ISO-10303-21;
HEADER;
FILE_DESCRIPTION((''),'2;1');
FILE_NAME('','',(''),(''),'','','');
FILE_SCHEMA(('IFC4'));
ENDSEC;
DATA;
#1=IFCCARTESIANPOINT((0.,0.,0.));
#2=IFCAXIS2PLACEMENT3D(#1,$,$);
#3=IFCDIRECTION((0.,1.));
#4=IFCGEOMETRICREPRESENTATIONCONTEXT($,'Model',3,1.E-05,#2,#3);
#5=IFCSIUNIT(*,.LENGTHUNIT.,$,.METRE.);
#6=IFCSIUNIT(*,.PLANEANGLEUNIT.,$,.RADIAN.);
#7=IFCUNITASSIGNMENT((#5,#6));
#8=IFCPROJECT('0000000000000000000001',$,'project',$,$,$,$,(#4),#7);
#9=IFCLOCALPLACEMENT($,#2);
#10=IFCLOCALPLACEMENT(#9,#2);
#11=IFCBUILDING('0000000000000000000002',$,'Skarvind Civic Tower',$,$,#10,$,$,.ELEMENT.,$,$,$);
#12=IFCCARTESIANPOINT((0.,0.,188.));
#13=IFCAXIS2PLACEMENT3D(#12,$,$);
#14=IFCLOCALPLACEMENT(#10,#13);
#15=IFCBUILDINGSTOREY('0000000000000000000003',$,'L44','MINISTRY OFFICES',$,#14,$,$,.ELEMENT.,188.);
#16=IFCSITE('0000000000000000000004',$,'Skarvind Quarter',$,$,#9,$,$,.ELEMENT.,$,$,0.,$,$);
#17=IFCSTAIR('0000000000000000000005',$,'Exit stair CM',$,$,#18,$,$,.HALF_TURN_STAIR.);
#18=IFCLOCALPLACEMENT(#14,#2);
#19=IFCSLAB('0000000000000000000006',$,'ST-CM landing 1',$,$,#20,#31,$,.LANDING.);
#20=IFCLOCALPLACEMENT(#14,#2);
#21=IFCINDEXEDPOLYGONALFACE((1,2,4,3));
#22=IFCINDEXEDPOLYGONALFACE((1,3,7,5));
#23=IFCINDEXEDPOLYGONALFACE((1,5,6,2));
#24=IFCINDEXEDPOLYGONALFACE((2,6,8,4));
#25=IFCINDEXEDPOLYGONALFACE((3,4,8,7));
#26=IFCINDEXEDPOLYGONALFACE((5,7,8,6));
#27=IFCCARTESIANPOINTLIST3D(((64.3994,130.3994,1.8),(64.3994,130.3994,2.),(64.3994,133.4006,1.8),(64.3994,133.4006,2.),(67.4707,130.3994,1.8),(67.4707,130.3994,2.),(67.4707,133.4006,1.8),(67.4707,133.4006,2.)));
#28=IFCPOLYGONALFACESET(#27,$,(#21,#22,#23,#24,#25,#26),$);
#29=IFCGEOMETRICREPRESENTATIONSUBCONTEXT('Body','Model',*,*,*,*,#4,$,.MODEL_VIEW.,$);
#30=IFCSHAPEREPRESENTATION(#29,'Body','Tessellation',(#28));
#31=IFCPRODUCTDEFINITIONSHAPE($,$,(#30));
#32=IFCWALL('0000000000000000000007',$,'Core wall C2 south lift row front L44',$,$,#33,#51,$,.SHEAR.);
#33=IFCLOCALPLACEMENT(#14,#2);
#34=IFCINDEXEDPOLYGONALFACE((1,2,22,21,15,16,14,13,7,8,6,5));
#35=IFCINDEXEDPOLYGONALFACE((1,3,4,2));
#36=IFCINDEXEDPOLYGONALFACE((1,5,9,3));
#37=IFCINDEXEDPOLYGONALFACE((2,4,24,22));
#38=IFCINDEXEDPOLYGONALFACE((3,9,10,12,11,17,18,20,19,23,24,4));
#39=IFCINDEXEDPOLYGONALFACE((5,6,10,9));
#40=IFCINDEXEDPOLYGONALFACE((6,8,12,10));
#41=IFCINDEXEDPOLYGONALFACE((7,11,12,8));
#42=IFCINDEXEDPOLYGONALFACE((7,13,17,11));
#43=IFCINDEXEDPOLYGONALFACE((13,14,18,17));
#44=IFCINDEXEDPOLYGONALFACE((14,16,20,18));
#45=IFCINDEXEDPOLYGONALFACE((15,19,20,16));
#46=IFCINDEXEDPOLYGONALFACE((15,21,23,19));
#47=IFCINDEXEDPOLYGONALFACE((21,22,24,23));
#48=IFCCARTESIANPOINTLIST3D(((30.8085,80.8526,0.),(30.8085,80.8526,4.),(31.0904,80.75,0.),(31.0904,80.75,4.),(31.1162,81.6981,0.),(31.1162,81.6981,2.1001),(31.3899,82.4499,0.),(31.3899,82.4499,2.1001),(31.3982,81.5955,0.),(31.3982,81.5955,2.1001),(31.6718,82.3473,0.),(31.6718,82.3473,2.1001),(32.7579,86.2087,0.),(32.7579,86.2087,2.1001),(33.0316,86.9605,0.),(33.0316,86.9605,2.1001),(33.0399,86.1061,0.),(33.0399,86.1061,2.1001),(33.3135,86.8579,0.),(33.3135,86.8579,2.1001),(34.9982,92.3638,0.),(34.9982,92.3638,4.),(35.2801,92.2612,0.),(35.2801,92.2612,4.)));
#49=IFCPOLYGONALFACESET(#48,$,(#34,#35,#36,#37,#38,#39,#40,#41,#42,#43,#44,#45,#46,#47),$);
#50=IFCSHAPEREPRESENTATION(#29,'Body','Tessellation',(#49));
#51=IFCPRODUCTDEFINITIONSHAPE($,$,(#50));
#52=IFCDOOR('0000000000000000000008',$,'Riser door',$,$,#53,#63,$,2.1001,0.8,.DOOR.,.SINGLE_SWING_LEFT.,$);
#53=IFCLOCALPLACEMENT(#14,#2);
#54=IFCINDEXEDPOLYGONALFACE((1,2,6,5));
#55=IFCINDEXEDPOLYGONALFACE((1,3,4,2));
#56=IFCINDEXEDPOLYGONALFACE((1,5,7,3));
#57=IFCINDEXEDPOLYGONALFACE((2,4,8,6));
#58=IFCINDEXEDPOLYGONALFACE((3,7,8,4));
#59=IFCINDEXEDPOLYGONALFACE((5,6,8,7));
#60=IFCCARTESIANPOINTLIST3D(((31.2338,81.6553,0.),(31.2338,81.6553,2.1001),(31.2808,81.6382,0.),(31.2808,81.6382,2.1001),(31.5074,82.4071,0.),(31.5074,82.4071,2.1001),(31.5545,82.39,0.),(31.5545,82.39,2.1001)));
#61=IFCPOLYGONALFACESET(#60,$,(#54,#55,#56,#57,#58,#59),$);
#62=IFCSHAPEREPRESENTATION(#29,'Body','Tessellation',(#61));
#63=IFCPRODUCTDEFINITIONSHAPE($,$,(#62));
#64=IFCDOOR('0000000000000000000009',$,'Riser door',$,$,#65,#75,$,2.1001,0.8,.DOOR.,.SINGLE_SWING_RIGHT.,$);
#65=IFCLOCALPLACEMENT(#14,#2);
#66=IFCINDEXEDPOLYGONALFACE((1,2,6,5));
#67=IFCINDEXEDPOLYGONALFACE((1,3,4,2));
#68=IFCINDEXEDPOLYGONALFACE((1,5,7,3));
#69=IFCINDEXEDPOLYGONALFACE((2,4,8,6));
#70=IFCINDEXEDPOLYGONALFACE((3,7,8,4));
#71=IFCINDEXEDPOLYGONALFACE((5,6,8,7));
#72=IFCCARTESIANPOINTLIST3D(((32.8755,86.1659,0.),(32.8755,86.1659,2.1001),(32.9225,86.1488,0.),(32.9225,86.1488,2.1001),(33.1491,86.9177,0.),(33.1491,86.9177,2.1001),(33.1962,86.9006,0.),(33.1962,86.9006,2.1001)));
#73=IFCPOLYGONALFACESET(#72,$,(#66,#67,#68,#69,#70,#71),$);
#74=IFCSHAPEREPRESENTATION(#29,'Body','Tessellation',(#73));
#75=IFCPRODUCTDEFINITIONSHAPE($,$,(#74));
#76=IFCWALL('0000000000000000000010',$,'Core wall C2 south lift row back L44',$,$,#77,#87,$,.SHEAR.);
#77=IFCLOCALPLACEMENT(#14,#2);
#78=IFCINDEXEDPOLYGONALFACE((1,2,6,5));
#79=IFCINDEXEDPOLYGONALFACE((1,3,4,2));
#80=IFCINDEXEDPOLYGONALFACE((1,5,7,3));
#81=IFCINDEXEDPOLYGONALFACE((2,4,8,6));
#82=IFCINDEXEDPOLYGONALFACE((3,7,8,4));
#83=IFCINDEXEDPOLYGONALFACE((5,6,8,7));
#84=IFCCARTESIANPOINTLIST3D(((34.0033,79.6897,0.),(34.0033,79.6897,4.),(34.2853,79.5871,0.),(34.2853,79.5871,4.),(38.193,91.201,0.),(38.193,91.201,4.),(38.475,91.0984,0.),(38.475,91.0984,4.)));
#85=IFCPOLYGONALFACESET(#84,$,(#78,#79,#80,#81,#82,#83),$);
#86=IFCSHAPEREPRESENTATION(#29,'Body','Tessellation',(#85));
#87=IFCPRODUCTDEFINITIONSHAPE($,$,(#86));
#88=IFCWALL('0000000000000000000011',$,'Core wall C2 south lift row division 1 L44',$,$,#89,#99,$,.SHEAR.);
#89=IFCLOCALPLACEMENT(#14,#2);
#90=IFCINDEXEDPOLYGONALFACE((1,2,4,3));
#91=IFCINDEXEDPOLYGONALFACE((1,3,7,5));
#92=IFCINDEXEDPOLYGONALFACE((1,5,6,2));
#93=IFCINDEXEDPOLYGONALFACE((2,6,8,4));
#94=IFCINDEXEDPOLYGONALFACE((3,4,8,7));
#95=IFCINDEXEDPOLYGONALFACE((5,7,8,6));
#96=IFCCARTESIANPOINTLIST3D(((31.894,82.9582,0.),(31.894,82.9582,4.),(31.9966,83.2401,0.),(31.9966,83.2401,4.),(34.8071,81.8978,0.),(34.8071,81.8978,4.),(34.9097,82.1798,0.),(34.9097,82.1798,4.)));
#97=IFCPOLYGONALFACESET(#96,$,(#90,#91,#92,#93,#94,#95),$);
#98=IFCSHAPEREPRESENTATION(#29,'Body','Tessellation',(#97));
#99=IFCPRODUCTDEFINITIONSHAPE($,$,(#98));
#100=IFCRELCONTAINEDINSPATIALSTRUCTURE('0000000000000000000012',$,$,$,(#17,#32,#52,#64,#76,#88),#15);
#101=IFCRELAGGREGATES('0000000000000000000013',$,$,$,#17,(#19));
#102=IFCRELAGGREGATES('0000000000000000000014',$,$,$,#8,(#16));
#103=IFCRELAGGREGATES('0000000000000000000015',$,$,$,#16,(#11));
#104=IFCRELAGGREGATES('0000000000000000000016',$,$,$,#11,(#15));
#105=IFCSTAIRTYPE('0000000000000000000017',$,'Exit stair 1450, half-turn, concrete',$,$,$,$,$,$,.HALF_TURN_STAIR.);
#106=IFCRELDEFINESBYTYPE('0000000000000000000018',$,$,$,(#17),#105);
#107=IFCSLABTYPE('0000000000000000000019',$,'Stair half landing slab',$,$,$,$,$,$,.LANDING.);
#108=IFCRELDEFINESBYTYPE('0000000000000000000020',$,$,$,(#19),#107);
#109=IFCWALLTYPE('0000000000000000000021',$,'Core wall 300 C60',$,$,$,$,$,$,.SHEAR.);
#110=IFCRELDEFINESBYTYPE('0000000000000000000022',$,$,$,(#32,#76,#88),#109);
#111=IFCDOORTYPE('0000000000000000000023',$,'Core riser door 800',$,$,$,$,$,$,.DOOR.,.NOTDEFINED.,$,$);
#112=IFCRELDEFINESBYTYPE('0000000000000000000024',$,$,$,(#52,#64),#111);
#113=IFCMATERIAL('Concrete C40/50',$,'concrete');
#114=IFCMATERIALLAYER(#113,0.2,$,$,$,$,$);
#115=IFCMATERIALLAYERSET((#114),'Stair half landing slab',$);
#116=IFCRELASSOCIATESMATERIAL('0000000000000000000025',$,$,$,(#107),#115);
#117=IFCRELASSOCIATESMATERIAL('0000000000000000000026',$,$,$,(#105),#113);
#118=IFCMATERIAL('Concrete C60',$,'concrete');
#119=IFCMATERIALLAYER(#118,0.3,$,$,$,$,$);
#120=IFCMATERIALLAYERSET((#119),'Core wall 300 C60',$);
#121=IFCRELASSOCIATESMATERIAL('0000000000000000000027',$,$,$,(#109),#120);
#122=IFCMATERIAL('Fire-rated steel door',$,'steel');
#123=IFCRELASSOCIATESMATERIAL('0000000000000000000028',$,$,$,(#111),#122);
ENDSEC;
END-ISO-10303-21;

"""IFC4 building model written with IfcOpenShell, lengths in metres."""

from ifc_helpers import new_model, si_unit, direction, frame, frame_2d, origin, place, context, subcontext, project, spatial, polyline, rectangle, outline, extrude, material, layer, layer_set, type_object, element, fill, aggregate, save


model = new_model("IFC4")

# Units and contexts
model_context = context("Model", 3, precision=1e-05, world=origin(), true_north=direction((0.0, 1.0)))
body_context = subcontext(model_context, "Body", "Model", "MODEL_VIEW")
ifc_project = project(units=[si_unit("LENGTHUNIT", "METRE"), si_unit("PLANEANGLEUNIT", "RADIAN")], contexts=[model_context])

# Site, building, storey
site_placement = place(None, origin())
site = spatial("IfcSite", under=ifc_project, at=site_placement, Name="Skarvind Quarter", CompositionType="ELEMENT", RefElevation=0.0)
building_placement = place(site_placement, origin())
building = spatial("IfcBuilding", under=site, at=building_placement, Name="Skarvind Civic Tower", CompositionType="ELEMENT")
storey_placement = place(building_placement, frame((0.0, 0.0, 188.0)))
storey = spatial("IfcBuildingStorey", under=building, at=storey_placement, Name="L44", Description="MINISTRY OFFICES", CompositionType="ELEMENT", Elevation=188.0)

# Shared definitions
ifc_material_1 = material(Name="Concrete C40/50", Category="concrete")

# Stair, slab
ifc_layer_1 = layer(ifc_material_1, 0.2)
ifc_layer_set_1 = layer_set([ifc_layer_1], Name="Stair half landing slab")
slab_type_1 = type_object("IfcSlabType", Name="Stair half landing slab", PredefinedType="LANDING", material=ifc_layer_set_1)
stair_type_1 = type_object("IfcStairType", Name="Exit stair 1450, half-turn, concrete", PredefinedType="HALF_TURN_STAIR", material=ifc_material_1)
stair_1_placement = place(storey_placement, origin())
stair_1 = element("IfcStair", 1, at=stair_1_placement, inside=storey, type_object=stair_type_1, Name="Exit stair CM", PredefinedType="HALF_TURN_STAIR")
slab_1_placement = place(storey_placement, frame((0.0, 0.0, 1.8)))
slab_1 = element("IfcSlab", 2, at=slab_1_placement, type_object=slab_type_1, Name="ST-CM landing 1", PredefinedType="LANDING", context=body_context, shape_type="SweptSolid", body=[
    extrude(outline(polyline([(67.4707, 133.4006), (67.4707, 130.3994), (64.3994, 130.3994), (64.3994, 133.4006), (67.4707, 133.4006)])), origin(), (0.0, 0.0, 1.0), 0.2),
])
aggregate(stair_1, [slab_1])

# Wall, openings, doors
ifc_material_2 = material(Name="Concrete C60", Category="concrete")
ifc_layer_2 = layer(ifc_material_2, 0.3)
ifc_layer_set_2 = layer_set([ifc_layer_2], Name="Core wall 300 C60")
wall_type_1 = type_object("IfcWallType", Name="Core wall 300 C60", PredefinedType="SHEAR", material=ifc_layer_set_2)
wall_1_placement = place(storey_placement, frame((30.9495, 80.8013, 0.0), z_axis=(0.0, 0.0, 1.0), x_axis=(0.342017, 0.939694, 0.0)))
wall_1 = element("IfcWall", 3, at=wall_1_placement, inside=storey, type_object=wall_type_1, Name="Core wall C2 south lift row front L44", PredefinedType="SHEAR", context=body_context, shape_type="SweptSolid", body=[
    extrude(rectangle(XDim=12.25, YDim=0.3, at=frame_2d((6.125, 0.0))), origin(), (0.0, 0.0, 1.0), 4.0),
])
opening_1_placement = place(wall_1_placement, frame((0.8999, 0.0, 0.0)))
opening_1 = element("IfcOpeningElement", 4, at=opening_1_placement, cuts=wall_1, PredefinedType="OPENING", context=body_context, shape_type="SweptSolid", body=[
    extrude(rectangle(XDim=0.8, YDim=2.1001, at=frame_2d((0.3999, 1.05))), frame((0.0, 0.1599, 0.0), z_axis=(0.0, -1.0, 0.0), x_axis=(1.0, 0.0, 0.0)), (0.0, 0.0, 1.0), 0.3201),
])
opening_2_placement = place(wall_1_placement, frame((5.7, 0.0, 0.0)))
opening_2 = element("IfcOpeningElement", 5, at=opening_2_placement, cuts=wall_1, PredefinedType="OPENING", context=body_context, shape_type="SweptSolid", body=[
    extrude(rectangle(XDim=0.8, YDim=2.1001, at=frame_2d((0.3999, 1.05))), frame((0.0, 0.1599, 0.0), z_axis=(0.0, -1.0, 0.0), x_axis=(1.0, 0.0, 0.0)), (0.0, 0.0, 1.0), 0.3201),
])
ifc_material_3 = material(Name="Fire-rated steel door", Category="steel")
door_type_1 = type_object("IfcDoorType", Name="Core riser door 800", OperationType="NOTDEFINED", PredefinedType="DOOR", material=ifc_material_3)
door_1_placement = place(opening_1_placement, origin())
door_1 = element("IfcDoor", 6, at=door_1_placement, inside=storey, type_object=door_type_1, Name="Riser door", OperationType="SINGLE_SWING_LEFT", OverallHeight=2.1001, OverallWidth=0.8, PredefinedType="DOOR", context=body_context, shape_type="SweptSolid", body=[
    extrude(rectangle(XDim=0.8, YDim=2.1001, at=frame_2d((0.3999, 1.05))), frame((0.0, 0.0249, 0.0), z_axis=(0.0, -1.0, 0.0), x_axis=(1.0, 0.0, 0.0)), (0.0, 0.0, 1.0), 0.05),
])
fill(opening_1, door_1)
door_2_placement = place(opening_2_placement, origin())
door_2 = element("IfcDoor", 7, at=door_2_placement, inside=storey, type_object=door_type_1, Name="Riser door", OperationType="SINGLE_SWING_RIGHT", OverallHeight=2.1001, OverallWidth=0.8, PredefinedType="DOOR", context=body_context, shape_type="SweptSolid", body=[
    extrude(rectangle(XDim=0.8, YDim=2.1001, at=frame_2d((0.3999, 1.05))), frame((0.0, 0.0249, 0.0), z_axis=(0.0, -1.0, 0.0), x_axis=(1.0, 0.0, 0.0)), (0.0, 0.0, 1.0), 0.05),
])
fill(opening_2, door_2)

# Walls
wall_2_placement = place(storey_placement, frame((34.1443, 79.6384, 0.0), z_axis=(0.0, 0.0, 1.0), x_axis=(0.342017, 0.939694, 0.0)))
element("IfcWall", 8, at=wall_2_placement, inside=storey, type_object=wall_type_1, Name="Core wall C2 south lift row back L44", PredefinedType="SHEAR", context=body_context, shape_type="SweptSolid", body=[
    extrude(rectangle(XDim=12.25, YDim=0.3, at=frame_2d((6.125, 0.0))), origin(), (0.0, 0.0, 1.0), 4.0),
])
wall_3_placement = place(storey_placement, frame((34.8584, 82.0388, 0.0), z_axis=(0.0, 0.0, 1.0), x_axis=(-0.93969, 0.342028, 0.0)))
element("IfcWall", 9, at=wall_3_placement, inside=storey, type_object=wall_type_1, Name="Core wall C2 south lift row division 1 L44", PredefinedType="SHEAR", context=body_context, shape_type="SweptSolid", body=[
    extrude(rectangle(XDim=3.1001, YDim=0.3, at=frame_2d((1.55, 0.0))), origin(), (0.0, 0.0, 1.0), 4.0),
])

save(model, "model.ifc")
